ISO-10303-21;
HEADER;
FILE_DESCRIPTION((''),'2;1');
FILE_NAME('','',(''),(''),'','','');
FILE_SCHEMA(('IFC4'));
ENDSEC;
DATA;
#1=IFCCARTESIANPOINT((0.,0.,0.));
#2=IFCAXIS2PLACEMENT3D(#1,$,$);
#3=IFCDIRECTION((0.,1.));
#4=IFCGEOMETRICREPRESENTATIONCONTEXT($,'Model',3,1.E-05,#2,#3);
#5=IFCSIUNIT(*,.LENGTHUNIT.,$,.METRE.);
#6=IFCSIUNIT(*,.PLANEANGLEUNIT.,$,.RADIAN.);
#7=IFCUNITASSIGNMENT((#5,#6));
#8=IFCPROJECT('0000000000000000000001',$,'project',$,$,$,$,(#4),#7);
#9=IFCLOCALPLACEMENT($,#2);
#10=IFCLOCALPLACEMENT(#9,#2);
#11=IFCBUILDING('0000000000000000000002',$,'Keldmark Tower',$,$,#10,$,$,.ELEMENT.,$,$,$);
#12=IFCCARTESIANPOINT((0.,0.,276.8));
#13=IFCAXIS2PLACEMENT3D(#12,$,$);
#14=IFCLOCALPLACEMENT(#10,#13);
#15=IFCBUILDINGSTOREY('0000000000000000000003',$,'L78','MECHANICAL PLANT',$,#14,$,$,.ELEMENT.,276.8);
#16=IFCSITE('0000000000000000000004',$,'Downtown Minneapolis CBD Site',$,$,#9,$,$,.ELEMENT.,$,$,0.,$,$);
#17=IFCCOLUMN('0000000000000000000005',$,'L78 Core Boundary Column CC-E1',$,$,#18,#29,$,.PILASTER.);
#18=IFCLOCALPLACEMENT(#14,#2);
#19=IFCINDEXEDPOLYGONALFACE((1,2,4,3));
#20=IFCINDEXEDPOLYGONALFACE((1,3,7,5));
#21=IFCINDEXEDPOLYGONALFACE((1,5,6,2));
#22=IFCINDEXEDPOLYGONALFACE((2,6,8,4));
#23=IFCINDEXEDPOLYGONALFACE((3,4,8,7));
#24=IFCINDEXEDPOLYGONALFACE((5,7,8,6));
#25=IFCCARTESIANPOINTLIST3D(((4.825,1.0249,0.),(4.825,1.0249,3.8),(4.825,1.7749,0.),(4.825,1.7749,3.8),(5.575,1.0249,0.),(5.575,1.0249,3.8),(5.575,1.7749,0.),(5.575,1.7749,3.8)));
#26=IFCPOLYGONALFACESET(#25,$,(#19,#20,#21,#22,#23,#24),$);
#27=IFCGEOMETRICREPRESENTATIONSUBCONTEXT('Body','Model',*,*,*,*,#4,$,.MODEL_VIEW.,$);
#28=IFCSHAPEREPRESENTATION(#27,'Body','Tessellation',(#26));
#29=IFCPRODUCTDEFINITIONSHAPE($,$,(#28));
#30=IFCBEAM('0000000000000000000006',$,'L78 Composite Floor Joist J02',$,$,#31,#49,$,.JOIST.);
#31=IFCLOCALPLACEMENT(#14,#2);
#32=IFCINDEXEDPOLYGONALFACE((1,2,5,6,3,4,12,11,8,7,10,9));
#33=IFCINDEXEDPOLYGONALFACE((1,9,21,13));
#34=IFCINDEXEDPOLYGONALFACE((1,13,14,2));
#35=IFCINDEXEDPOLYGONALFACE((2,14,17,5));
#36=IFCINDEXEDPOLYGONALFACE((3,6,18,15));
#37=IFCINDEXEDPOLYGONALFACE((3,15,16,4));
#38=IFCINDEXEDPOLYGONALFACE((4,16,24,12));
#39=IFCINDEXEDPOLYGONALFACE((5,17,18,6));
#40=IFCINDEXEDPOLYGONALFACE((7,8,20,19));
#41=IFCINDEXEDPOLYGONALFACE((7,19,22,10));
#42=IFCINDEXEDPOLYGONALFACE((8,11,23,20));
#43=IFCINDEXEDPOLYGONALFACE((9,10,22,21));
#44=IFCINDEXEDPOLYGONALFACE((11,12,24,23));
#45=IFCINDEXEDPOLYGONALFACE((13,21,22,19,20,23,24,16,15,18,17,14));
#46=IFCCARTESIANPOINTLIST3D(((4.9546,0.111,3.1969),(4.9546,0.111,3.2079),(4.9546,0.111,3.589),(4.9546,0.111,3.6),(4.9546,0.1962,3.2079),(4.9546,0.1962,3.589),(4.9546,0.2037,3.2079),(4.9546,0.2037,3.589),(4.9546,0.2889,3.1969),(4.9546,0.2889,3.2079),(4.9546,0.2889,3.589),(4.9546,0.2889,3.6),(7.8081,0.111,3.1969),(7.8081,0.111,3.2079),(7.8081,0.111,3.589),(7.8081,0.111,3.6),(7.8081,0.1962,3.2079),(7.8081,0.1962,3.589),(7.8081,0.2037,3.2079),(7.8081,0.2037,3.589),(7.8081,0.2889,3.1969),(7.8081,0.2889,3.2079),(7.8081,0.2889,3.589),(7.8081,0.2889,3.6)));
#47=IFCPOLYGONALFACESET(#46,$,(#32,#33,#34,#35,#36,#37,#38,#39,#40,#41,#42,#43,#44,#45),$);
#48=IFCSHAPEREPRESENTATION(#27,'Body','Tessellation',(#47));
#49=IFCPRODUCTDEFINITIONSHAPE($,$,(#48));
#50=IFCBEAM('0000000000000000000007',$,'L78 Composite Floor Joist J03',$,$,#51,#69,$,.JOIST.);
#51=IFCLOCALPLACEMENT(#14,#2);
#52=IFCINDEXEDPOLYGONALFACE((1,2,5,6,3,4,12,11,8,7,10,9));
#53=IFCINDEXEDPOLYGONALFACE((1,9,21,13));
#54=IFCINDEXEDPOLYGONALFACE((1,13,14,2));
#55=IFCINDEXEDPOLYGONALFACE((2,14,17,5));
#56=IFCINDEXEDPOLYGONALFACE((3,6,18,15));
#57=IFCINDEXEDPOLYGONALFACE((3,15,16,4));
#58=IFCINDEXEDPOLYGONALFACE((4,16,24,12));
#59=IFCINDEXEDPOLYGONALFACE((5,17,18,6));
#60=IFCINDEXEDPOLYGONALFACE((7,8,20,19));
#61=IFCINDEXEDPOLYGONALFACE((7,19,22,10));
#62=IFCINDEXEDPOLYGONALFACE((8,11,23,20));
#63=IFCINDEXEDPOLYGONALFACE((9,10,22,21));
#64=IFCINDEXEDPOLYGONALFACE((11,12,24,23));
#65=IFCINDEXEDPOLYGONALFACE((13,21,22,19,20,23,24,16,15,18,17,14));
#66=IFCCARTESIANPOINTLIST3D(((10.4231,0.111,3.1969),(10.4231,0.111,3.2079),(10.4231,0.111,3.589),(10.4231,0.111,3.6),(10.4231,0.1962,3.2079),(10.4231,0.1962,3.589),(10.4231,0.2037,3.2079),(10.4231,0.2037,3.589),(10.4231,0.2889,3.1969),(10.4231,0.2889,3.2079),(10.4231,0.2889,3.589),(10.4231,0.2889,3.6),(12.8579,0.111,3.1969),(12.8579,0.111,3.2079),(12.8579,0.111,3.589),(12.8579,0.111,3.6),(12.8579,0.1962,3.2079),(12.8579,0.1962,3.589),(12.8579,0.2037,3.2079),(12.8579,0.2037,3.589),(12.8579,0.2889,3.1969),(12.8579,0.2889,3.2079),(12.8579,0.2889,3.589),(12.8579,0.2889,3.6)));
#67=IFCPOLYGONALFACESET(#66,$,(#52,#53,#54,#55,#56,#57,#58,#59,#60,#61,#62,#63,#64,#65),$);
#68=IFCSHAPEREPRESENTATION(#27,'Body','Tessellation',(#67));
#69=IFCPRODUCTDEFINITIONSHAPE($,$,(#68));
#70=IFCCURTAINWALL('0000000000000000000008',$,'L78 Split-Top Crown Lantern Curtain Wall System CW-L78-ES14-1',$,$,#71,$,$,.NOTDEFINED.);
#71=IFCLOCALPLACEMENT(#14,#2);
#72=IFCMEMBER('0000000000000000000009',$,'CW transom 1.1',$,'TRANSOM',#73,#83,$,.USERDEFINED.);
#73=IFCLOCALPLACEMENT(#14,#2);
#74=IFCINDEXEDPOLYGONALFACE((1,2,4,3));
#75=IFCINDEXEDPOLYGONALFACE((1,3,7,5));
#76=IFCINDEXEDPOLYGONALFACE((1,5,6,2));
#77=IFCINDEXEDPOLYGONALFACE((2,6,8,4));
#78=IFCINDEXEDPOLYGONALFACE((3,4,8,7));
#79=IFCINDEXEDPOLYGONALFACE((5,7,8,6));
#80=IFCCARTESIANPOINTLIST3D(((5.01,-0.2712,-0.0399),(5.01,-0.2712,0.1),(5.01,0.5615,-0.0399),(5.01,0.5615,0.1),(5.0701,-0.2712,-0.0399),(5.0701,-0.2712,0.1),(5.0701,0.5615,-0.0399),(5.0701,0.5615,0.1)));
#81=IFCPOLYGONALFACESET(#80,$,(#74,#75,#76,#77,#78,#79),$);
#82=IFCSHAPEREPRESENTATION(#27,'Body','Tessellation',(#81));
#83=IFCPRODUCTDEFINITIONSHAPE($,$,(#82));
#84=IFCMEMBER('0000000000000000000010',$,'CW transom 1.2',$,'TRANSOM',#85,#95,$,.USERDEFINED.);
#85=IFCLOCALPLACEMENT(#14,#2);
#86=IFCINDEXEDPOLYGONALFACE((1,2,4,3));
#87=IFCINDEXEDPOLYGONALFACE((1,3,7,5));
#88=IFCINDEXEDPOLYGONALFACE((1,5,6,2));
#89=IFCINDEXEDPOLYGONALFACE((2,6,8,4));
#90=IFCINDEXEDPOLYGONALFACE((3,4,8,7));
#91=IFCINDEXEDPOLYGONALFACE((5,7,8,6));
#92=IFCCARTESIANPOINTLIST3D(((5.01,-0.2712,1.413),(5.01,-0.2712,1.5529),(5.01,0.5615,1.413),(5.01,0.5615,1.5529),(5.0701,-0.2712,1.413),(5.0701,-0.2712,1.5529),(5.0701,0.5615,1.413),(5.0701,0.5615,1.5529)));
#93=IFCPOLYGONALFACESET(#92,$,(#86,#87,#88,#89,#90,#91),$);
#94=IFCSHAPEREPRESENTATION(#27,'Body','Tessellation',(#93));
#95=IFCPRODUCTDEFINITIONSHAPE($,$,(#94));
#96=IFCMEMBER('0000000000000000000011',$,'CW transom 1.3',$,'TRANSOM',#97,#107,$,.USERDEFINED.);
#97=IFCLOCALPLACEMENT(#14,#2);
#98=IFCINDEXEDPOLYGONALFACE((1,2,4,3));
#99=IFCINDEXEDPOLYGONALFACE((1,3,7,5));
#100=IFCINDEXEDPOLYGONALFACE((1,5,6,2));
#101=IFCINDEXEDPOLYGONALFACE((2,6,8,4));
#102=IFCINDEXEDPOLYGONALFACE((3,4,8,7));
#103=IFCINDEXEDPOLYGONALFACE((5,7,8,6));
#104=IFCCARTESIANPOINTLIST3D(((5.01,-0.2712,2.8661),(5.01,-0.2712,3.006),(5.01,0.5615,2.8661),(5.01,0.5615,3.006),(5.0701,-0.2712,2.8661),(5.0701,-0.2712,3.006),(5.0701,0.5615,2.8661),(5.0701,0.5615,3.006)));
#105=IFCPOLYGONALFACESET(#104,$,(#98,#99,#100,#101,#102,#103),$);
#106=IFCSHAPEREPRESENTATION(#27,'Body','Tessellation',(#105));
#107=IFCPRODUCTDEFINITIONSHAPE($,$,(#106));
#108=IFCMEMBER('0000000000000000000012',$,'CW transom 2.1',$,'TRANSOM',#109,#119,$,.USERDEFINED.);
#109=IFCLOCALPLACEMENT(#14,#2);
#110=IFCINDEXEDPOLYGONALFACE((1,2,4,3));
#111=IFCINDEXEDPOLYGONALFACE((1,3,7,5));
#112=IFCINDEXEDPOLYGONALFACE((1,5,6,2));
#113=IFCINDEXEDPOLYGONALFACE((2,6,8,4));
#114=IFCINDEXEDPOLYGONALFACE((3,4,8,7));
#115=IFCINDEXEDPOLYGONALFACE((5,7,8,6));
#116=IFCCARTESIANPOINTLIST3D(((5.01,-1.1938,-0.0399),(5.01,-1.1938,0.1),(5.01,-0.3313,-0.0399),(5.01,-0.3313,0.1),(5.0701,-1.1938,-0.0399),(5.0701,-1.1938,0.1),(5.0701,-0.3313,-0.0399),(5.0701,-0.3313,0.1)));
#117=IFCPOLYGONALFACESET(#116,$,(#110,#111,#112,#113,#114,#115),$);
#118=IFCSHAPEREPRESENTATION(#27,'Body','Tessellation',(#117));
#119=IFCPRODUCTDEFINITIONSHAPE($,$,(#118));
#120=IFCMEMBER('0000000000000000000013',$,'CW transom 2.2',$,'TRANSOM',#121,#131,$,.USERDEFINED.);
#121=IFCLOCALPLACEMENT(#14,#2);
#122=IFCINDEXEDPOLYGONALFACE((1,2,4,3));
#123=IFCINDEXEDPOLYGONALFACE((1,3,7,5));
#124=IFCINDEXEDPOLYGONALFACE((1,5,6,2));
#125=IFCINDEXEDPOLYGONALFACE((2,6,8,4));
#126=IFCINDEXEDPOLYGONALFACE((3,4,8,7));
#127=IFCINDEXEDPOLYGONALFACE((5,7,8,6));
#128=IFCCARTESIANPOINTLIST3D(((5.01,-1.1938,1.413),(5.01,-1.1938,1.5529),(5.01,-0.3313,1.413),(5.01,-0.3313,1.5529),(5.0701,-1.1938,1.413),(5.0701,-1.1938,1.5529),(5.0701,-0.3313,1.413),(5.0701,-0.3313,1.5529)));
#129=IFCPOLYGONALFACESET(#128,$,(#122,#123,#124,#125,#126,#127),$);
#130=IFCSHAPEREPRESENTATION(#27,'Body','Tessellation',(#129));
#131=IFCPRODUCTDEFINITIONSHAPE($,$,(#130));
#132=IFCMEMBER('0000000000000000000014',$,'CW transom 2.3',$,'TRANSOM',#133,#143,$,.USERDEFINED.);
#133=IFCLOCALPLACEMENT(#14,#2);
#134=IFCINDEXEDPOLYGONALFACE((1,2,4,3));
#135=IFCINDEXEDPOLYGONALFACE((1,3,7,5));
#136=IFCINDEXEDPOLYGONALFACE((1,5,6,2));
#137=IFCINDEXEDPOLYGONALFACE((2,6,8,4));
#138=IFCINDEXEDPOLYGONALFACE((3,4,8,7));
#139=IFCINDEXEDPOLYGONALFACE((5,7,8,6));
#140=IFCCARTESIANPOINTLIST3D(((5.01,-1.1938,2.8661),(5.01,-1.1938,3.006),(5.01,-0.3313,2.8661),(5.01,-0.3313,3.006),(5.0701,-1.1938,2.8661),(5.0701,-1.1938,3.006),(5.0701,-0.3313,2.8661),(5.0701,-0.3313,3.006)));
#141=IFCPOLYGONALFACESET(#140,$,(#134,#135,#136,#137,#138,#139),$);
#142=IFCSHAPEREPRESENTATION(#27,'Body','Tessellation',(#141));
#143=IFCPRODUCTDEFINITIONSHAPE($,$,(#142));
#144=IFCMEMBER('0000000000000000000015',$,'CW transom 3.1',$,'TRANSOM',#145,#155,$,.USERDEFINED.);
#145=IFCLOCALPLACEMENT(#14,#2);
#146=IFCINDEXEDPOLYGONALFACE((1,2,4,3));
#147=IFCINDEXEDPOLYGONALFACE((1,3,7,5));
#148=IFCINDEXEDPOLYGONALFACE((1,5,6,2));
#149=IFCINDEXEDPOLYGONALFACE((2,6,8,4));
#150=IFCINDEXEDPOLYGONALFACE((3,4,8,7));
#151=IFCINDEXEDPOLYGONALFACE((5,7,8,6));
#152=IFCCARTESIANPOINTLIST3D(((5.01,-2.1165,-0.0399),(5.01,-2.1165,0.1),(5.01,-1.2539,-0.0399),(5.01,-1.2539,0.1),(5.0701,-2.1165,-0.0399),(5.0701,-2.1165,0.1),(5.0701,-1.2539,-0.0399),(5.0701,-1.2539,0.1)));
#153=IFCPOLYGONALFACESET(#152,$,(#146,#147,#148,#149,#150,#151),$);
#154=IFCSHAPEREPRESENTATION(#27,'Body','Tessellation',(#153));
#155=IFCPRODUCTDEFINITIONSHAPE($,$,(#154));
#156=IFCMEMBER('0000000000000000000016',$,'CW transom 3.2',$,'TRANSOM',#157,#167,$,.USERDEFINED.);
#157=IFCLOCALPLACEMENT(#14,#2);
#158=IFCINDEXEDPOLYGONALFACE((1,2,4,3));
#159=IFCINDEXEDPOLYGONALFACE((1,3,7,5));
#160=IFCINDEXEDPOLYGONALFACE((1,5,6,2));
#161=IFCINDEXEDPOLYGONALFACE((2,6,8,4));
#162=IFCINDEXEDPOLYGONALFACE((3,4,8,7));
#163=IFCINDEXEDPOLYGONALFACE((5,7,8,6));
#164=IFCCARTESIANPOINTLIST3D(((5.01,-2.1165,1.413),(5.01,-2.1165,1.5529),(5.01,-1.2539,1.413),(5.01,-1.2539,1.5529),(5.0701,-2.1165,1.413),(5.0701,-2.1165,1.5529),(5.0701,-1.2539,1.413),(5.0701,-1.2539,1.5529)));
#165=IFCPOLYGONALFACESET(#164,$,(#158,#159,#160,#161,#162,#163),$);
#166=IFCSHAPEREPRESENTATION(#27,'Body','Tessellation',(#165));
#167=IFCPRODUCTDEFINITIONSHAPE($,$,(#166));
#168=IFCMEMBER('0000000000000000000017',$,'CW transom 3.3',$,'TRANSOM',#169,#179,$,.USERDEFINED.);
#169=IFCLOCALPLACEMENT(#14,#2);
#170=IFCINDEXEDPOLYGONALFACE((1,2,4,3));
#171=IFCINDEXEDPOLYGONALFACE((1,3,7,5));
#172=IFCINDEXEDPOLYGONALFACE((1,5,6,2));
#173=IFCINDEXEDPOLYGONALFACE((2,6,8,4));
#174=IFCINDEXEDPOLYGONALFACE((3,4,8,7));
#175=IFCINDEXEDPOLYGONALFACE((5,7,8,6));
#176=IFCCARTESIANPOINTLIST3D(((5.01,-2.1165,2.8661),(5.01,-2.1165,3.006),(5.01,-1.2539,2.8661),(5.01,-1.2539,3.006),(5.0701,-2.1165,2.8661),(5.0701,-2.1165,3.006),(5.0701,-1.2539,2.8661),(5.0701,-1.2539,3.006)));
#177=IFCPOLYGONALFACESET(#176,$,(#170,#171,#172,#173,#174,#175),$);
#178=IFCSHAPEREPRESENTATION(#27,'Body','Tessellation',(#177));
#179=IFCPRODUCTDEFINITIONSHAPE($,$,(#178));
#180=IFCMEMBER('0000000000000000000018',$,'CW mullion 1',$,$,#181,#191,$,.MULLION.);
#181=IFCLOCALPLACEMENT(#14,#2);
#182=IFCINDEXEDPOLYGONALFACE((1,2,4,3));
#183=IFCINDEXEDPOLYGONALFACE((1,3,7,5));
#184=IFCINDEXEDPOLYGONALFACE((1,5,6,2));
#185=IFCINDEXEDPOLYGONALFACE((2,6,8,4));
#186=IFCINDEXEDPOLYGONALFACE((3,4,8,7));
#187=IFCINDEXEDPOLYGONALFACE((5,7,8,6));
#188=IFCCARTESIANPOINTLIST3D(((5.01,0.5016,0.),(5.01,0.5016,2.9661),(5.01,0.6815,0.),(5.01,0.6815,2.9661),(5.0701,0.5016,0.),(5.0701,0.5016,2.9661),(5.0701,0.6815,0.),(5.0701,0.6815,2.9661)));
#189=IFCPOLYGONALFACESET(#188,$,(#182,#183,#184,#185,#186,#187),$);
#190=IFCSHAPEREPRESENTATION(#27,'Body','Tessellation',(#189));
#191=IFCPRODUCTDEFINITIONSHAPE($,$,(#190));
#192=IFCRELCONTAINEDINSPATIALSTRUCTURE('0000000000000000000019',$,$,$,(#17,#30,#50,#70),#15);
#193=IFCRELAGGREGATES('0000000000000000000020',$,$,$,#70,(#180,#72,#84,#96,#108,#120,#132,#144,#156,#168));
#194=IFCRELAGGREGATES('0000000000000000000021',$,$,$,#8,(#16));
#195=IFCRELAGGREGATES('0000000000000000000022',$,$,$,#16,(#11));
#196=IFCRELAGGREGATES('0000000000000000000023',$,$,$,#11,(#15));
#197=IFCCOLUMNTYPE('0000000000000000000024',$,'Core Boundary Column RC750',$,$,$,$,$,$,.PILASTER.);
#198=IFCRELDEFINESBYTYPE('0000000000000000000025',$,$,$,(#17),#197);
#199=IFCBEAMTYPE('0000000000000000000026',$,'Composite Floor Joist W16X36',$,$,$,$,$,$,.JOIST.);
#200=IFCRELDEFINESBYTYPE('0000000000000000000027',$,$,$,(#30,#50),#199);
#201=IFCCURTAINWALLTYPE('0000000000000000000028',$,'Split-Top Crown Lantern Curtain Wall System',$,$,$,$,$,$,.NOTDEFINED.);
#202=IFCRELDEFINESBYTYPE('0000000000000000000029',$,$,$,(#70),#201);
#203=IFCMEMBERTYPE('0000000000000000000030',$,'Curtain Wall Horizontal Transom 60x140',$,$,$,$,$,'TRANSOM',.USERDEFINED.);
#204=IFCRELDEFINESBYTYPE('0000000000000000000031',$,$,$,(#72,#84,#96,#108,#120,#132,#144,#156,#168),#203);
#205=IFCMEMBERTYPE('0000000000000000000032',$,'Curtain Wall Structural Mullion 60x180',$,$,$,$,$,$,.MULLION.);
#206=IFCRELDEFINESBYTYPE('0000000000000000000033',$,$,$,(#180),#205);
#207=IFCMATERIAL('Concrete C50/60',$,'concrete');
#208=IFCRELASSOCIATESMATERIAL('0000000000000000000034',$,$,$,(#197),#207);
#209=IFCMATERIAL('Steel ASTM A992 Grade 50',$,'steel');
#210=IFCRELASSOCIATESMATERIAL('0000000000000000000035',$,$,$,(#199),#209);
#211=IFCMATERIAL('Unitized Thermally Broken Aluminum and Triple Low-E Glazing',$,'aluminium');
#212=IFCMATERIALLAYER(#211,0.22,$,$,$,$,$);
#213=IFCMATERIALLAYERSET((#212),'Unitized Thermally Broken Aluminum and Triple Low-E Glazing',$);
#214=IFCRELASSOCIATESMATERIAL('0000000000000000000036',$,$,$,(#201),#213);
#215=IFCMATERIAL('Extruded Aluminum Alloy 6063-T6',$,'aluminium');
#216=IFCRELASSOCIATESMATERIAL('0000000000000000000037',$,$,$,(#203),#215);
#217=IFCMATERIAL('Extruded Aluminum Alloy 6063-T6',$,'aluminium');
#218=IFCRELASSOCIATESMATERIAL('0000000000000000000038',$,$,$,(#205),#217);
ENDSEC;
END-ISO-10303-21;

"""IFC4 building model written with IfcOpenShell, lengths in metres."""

from ifc_helpers import new_model, si_unit, direction, frame, origin, origin_2d, place, context, subcontext, project, spatial, rectangle, i_section, extrude, material, layer, layer_set, material_profile, profile_set, type_object, element, aggregate, save


model = new_model("IFC4")

# Units and contexts
model_context = context("Model", 3, precision=1e-05, world=origin(), true_north=direction((0.0, 1.0)))
body_context = subcontext(model_context, "Body", "Model", "MODEL_VIEW")
ifc_project = project(units=[si_unit("LENGTHUNIT", "METRE"), si_unit("PLANEANGLEUNIT", "RADIAN")], contexts=[model_context])

# Site, building, storey
site_placement = place(None, origin())
site = spatial("IfcSite", under=ifc_project, at=site_placement, Name="Downtown Minneapolis CBD Site", CompositionType="ELEMENT", RefElevation=0.0)
building_placement = place(site_placement, origin())
building = spatial("IfcBuilding", under=site, at=building_placement, Name="Keldmark Tower", CompositionType="ELEMENT")
storey_placement = place(building_placement, frame((0.0, 0.0, 276.8)))
storey = spatial("IfcBuildingStorey", under=building, at=storey_placement, Name="L78", Description="MECHANICAL PLANT", CompositionType="ELEMENT", Elevation=276.8)

# Column
ifc_material_1 = material(Name="Concrete C50/60", Category="concrete")
ifc_material_profile_1 = material_profile(ifc_material_1, rectangle(XDim=0.75, YDim=0.75, at=origin_2d()), Name="RC750X750")
ifc_profile_set_1 = profile_set([ifc_material_profile_1], Name="Concrete C50/60")
column_type = type_object("IfcColumnType", Name="Core Boundary Column RC750", PredefinedType="PILASTER", material=ifc_profile_set_1)
column_placement = place(storey_placement, frame((5.2, 1.3999, 0.0), z_axis=(0.0, 0.0, 1.0), x_axis=(1.0, 0.0, 0.0)))
element("IfcColumn", 1, at=column_placement, inside=storey, type_object=column_type, Name="L78 Core Boundary Column CC-E1", PredefinedType="PILASTER", context=body_context, shape_type="SweptSolid", body=[
    extrude(rectangle(XDim=0.75, YDim=0.75, at=origin_2d()), origin(), (0.0, 0.0, 1.0), 3.8),
])

# Beams
ifc_material_2 = material(Name="Steel ASTM A992 Grade 50", Category="steel")
ifc_material_profile_2 = material_profile(ifc_material_2, i_section(OverallWidth=0.178, OverallDepth=0.4031, WebThickness=0.0076, FlangeThickness=0.011, at=origin_2d()), Name="W16X36")
ifc_profile_set_2 = profile_set([ifc_material_profile_2], Name="Steel ASTM A992 Grade 50")
beam_type_1 = type_object("IfcBeamType", Name="Composite Floor Joist W16X36", PredefinedType="JOIST", material=ifc_profile_set_2)
beam_1_placement = place(storey_placement, frame((4.9546, 0.2, 3.3984), z_axis=(1.0, 0.0, 0.0), x_axis=(0.0, 1.0, 0.0)))
element("IfcBeam", 2, at=beam_1_placement, inside=storey, type_object=beam_type_1, Name="L78 Composite Floor Joist J02", PredefinedType="JOIST", context=body_context, shape_type="SweptSolid", body=[
    extrude(i_section(OverallWidth=0.178, OverallDepth=0.4031, WebThickness=0.0076, FlangeThickness=0.011, at=origin_2d()), origin(), (0.0, 0.0, 1.0), 2.8535),
])
beam_2_placement = place(storey_placement, frame((10.4231, 0.2, 3.3984), z_axis=(1.0, 0.0, 0.0), x_axis=(0.0, 1.0, 0.0)))
element("IfcBeam", 3, at=beam_2_placement, inside=storey, type_object=beam_type_1, Name="L78 Composite Floor Joist J03", PredefinedType="JOIST", context=body_context, shape_type="SweptSolid", body=[
    extrude(i_section(OverallWidth=0.178, OverallDepth=0.4031, WebThickness=0.0076, FlangeThickness=0.011, at=origin_2d()), origin(), (0.0, 0.0, 1.0), 2.4348),
])

# Curtain wall, members
ifc_material_3 = material(Name="Unitized Thermally Broken Aluminum and Triple Low-E Glazing", Category="aluminium")
ifc_layer_1 = layer(ifc_material_3, 0.22)
ifc_layer_set_1 = layer_set([ifc_layer_1], Name="Unitized Thermally Broken Aluminum and Triple Low-E Glazing")
curtain_wall_type = type_object("IfcCurtainWallType", Name="Split-Top Crown Lantern Curtain Wall System", PredefinedType="NOTDEFINED", material=ifc_layer_set_1)
curtain_wall_placement = place(storey_placement, origin())
curtain_wall = element("IfcCurtainWall", 4, at=curtain_wall_placement, inside=storey, type_object=curtain_wall_type, Name="L78 Split-Top Crown Lantern Curtain Wall System CW-L78-ES14-1", PredefinedType="NOTDEFINED")
ifc_material_4 = material(Name="Extruded Aluminum Alloy 6063-T6", Category="aluminium")
ifc_material_profile_3 = material_profile(ifc_material_4, rectangle(XDim=0.0601, YDim=0.1399, at=origin_2d()), Name="CWT60X140")
ifc_profile_set_3 = profile_set([ifc_material_profile_3], Name="Extruded Aluminum Alloy 6063-T6")
member_type_1 = type_object("IfcMemberType", Name="Curtain Wall Horizontal Transom 60x140", ElementType="TRANSOM", PredefinedType="USERDEFINED", material=ifc_profile_set_3)
member_1_placement = place(storey_placement, frame((5.04, 0.5615, 0.03), z_axis=(0.0, -1.0, 0.0), x_axis=(1.0, 0.0, 0.0)))
member_1 = element("IfcMember", 5, at=member_1_placement, type_object=member_type_1, Name="CW transom 1.1", ObjectType="TRANSOM", PredefinedType="USERDEFINED", context=body_context, shape_type="SweptSolid", body=[
    extrude(rectangle(XDim=0.0601, YDim=0.1399, at=origin_2d()), origin(), (0.0, 0.0, 1.0), 0.8328),
])
member_2_placement = place(storey_placement, frame((5.04, 0.5615, 1.4829), z_axis=(0.0, -1.0, 0.0), x_axis=(1.0, 0.0, 0.0)))
member_2 = element("IfcMember", 6, at=member_2_placement, type_object=member_type_1, Name="CW transom 1.2", ObjectType="TRANSOM", PredefinedType="USERDEFINED", context=body_context, shape_type="SweptSolid", body=[
    extrude(rectangle(XDim=0.0601, YDim=0.1399, at=origin_2d()), origin(), (0.0, 0.0, 1.0), 0.8328),
])
member_3_placement = place(storey_placement, frame((5.04, 0.5615, 2.936), z_axis=(0.0, -1.0, 0.0), x_axis=(1.0, 0.0, 0.0)))
member_3 = element("IfcMember", 7, at=member_3_placement, type_object=member_type_1, Name="CW transom 1.3", ObjectType="TRANSOM", PredefinedType="USERDEFINED", context=body_context, shape_type="SweptSolid", body=[
    extrude(rectangle(XDim=0.0601, YDim=0.1399, at=origin_2d()), origin(), (0.0, 0.0, 1.0), 0.8328),
])
member_4_placement = place(storey_placement, frame((5.04, -0.3313, 0.03), z_axis=(0.0, -1.0, 0.0), x_axis=(1.0, 0.0, 0.0)))
member_4 = element("IfcMember", 8, at=member_4_placement, type_object=member_type_1, Name="CW transom 2.1", ObjectType="TRANSOM", PredefinedType="USERDEFINED", context=body_context, shape_type="SweptSolid", body=[
    extrude(rectangle(XDim=0.0601, YDim=0.1399, at=origin_2d()), origin(), (0.0, 0.0, 1.0), 0.8625),
])
member_5_placement = place(storey_placement, frame((5.04, -0.3313, 1.4829), z_axis=(0.0, -1.0, 0.0), x_axis=(1.0, 0.0, 0.0)))
member_5 = element("IfcMember", 9, at=member_5_placement, type_object=member_type_1, Name="CW transom 2.2", ObjectType="TRANSOM", PredefinedType="USERDEFINED", context=body_context, shape_type="SweptSolid", body=[
    extrude(rectangle(XDim=0.0601, YDim=0.1399, at=origin_2d()), origin(), (0.0, 0.0, 1.0), 0.8625),
])
member_6_placement = place(storey_placement, frame((5.04, -0.3313, 2.936), z_axis=(0.0, -1.0, 0.0), x_axis=(1.0, 0.0, 0.0)))
member_6 = element("IfcMember", 10, at=member_6_placement, type_object=member_type_1, Name="CW transom 2.3", ObjectType="TRANSOM", PredefinedType="USERDEFINED", context=body_context, shape_type="SweptSolid", body=[
    extrude(rectangle(XDim=0.0601, YDim=0.1399, at=origin_2d()), origin(), (0.0, 0.0, 1.0), 0.8625),
])
member_7_placement = place(storey_placement, frame((5.04, -1.2539, 0.03), z_axis=(0.0, -1.0, 0.0), x_axis=(1.0, 0.0, 0.0)))
member_7 = element("IfcMember", 11, at=member_7_placement, type_object=member_type_1, Name="CW transom 3.1", ObjectType="TRANSOM", PredefinedType="USERDEFINED", context=body_context, shape_type="SweptSolid", body=[
    extrude(rectangle(XDim=0.0601, YDim=0.1399, at=origin_2d()), origin(), (0.0, 0.0, 1.0), 0.8625),
])
member_8_placement = place(storey_placement, frame((5.04, -1.2539, 1.4829), z_axis=(0.0, -1.0, 0.0), x_axis=(1.0, 0.0, 0.0)))
member_8 = element("IfcMember", 12, at=member_8_placement, type_object=member_type_1, Name="CW transom 3.2", ObjectType="TRANSOM", PredefinedType="USERDEFINED", context=body_context, shape_type="SweptSolid", body=[
    extrude(rectangle(XDim=0.0601, YDim=0.1399, at=origin_2d()), origin(), (0.0, 0.0, 1.0), 0.8625),
])
member_9_placement = place(storey_placement, frame((5.04, -1.2539, 2.936), z_axis=(0.0, -1.0, 0.0), x_axis=(1.0, 0.0, 0.0)))
member_9 = element("IfcMember", 13, at=member_9_placement, type_object=member_type_1, Name="CW transom 3.3", ObjectType="TRANSOM", PredefinedType="USERDEFINED", context=body_context, shape_type="SweptSolid", body=[
    extrude(rectangle(XDim=0.0601, YDim=0.1399, at=origin_2d()), origin(), (0.0, 0.0, 1.0), 0.8625),
])
ifc_material_5 = material(Name="Extruded Aluminum Alloy 6063-T6", Category="aluminium")
ifc_material_profile_4 = material_profile(ifc_material_5, rectangle(XDim=0.0601, YDim=0.1799, at=origin_2d()), Name="CWM60X180")
ifc_profile_set_4 = profile_set([ifc_material_profile_4], Name="Extruded Aluminum Alloy 6063-T6")
member_type_2 = type_object("IfcMemberType", Name="Curtain Wall Structural Mullion 60x180", PredefinedType="MULLION", material=ifc_profile_set_4)
member_10_placement = place(storey_placement, frame((5.04, 0.5916, 0.0), z_axis=(0.0, 0.0, 1.0), x_axis=(1.0, 0.0, 0.0)))
member_10 = element("IfcMember", 14, at=member_10_placement, type_object=member_type_2, Name="CW mullion 1", PredefinedType="MULLION", context=body_context, shape_type="SweptSolid", body=[
    extrude(rectangle(XDim=0.0601, YDim=0.1799, at=origin_2d()), origin(), (0.0, 0.0, 1.0), 2.9661),
])

aggregate(curtain_wall, [member_10, member_1, member_2, member_3, member_4, member_5, member_6, member_7, member_8, member_9])

save(model, "model.ifc")
